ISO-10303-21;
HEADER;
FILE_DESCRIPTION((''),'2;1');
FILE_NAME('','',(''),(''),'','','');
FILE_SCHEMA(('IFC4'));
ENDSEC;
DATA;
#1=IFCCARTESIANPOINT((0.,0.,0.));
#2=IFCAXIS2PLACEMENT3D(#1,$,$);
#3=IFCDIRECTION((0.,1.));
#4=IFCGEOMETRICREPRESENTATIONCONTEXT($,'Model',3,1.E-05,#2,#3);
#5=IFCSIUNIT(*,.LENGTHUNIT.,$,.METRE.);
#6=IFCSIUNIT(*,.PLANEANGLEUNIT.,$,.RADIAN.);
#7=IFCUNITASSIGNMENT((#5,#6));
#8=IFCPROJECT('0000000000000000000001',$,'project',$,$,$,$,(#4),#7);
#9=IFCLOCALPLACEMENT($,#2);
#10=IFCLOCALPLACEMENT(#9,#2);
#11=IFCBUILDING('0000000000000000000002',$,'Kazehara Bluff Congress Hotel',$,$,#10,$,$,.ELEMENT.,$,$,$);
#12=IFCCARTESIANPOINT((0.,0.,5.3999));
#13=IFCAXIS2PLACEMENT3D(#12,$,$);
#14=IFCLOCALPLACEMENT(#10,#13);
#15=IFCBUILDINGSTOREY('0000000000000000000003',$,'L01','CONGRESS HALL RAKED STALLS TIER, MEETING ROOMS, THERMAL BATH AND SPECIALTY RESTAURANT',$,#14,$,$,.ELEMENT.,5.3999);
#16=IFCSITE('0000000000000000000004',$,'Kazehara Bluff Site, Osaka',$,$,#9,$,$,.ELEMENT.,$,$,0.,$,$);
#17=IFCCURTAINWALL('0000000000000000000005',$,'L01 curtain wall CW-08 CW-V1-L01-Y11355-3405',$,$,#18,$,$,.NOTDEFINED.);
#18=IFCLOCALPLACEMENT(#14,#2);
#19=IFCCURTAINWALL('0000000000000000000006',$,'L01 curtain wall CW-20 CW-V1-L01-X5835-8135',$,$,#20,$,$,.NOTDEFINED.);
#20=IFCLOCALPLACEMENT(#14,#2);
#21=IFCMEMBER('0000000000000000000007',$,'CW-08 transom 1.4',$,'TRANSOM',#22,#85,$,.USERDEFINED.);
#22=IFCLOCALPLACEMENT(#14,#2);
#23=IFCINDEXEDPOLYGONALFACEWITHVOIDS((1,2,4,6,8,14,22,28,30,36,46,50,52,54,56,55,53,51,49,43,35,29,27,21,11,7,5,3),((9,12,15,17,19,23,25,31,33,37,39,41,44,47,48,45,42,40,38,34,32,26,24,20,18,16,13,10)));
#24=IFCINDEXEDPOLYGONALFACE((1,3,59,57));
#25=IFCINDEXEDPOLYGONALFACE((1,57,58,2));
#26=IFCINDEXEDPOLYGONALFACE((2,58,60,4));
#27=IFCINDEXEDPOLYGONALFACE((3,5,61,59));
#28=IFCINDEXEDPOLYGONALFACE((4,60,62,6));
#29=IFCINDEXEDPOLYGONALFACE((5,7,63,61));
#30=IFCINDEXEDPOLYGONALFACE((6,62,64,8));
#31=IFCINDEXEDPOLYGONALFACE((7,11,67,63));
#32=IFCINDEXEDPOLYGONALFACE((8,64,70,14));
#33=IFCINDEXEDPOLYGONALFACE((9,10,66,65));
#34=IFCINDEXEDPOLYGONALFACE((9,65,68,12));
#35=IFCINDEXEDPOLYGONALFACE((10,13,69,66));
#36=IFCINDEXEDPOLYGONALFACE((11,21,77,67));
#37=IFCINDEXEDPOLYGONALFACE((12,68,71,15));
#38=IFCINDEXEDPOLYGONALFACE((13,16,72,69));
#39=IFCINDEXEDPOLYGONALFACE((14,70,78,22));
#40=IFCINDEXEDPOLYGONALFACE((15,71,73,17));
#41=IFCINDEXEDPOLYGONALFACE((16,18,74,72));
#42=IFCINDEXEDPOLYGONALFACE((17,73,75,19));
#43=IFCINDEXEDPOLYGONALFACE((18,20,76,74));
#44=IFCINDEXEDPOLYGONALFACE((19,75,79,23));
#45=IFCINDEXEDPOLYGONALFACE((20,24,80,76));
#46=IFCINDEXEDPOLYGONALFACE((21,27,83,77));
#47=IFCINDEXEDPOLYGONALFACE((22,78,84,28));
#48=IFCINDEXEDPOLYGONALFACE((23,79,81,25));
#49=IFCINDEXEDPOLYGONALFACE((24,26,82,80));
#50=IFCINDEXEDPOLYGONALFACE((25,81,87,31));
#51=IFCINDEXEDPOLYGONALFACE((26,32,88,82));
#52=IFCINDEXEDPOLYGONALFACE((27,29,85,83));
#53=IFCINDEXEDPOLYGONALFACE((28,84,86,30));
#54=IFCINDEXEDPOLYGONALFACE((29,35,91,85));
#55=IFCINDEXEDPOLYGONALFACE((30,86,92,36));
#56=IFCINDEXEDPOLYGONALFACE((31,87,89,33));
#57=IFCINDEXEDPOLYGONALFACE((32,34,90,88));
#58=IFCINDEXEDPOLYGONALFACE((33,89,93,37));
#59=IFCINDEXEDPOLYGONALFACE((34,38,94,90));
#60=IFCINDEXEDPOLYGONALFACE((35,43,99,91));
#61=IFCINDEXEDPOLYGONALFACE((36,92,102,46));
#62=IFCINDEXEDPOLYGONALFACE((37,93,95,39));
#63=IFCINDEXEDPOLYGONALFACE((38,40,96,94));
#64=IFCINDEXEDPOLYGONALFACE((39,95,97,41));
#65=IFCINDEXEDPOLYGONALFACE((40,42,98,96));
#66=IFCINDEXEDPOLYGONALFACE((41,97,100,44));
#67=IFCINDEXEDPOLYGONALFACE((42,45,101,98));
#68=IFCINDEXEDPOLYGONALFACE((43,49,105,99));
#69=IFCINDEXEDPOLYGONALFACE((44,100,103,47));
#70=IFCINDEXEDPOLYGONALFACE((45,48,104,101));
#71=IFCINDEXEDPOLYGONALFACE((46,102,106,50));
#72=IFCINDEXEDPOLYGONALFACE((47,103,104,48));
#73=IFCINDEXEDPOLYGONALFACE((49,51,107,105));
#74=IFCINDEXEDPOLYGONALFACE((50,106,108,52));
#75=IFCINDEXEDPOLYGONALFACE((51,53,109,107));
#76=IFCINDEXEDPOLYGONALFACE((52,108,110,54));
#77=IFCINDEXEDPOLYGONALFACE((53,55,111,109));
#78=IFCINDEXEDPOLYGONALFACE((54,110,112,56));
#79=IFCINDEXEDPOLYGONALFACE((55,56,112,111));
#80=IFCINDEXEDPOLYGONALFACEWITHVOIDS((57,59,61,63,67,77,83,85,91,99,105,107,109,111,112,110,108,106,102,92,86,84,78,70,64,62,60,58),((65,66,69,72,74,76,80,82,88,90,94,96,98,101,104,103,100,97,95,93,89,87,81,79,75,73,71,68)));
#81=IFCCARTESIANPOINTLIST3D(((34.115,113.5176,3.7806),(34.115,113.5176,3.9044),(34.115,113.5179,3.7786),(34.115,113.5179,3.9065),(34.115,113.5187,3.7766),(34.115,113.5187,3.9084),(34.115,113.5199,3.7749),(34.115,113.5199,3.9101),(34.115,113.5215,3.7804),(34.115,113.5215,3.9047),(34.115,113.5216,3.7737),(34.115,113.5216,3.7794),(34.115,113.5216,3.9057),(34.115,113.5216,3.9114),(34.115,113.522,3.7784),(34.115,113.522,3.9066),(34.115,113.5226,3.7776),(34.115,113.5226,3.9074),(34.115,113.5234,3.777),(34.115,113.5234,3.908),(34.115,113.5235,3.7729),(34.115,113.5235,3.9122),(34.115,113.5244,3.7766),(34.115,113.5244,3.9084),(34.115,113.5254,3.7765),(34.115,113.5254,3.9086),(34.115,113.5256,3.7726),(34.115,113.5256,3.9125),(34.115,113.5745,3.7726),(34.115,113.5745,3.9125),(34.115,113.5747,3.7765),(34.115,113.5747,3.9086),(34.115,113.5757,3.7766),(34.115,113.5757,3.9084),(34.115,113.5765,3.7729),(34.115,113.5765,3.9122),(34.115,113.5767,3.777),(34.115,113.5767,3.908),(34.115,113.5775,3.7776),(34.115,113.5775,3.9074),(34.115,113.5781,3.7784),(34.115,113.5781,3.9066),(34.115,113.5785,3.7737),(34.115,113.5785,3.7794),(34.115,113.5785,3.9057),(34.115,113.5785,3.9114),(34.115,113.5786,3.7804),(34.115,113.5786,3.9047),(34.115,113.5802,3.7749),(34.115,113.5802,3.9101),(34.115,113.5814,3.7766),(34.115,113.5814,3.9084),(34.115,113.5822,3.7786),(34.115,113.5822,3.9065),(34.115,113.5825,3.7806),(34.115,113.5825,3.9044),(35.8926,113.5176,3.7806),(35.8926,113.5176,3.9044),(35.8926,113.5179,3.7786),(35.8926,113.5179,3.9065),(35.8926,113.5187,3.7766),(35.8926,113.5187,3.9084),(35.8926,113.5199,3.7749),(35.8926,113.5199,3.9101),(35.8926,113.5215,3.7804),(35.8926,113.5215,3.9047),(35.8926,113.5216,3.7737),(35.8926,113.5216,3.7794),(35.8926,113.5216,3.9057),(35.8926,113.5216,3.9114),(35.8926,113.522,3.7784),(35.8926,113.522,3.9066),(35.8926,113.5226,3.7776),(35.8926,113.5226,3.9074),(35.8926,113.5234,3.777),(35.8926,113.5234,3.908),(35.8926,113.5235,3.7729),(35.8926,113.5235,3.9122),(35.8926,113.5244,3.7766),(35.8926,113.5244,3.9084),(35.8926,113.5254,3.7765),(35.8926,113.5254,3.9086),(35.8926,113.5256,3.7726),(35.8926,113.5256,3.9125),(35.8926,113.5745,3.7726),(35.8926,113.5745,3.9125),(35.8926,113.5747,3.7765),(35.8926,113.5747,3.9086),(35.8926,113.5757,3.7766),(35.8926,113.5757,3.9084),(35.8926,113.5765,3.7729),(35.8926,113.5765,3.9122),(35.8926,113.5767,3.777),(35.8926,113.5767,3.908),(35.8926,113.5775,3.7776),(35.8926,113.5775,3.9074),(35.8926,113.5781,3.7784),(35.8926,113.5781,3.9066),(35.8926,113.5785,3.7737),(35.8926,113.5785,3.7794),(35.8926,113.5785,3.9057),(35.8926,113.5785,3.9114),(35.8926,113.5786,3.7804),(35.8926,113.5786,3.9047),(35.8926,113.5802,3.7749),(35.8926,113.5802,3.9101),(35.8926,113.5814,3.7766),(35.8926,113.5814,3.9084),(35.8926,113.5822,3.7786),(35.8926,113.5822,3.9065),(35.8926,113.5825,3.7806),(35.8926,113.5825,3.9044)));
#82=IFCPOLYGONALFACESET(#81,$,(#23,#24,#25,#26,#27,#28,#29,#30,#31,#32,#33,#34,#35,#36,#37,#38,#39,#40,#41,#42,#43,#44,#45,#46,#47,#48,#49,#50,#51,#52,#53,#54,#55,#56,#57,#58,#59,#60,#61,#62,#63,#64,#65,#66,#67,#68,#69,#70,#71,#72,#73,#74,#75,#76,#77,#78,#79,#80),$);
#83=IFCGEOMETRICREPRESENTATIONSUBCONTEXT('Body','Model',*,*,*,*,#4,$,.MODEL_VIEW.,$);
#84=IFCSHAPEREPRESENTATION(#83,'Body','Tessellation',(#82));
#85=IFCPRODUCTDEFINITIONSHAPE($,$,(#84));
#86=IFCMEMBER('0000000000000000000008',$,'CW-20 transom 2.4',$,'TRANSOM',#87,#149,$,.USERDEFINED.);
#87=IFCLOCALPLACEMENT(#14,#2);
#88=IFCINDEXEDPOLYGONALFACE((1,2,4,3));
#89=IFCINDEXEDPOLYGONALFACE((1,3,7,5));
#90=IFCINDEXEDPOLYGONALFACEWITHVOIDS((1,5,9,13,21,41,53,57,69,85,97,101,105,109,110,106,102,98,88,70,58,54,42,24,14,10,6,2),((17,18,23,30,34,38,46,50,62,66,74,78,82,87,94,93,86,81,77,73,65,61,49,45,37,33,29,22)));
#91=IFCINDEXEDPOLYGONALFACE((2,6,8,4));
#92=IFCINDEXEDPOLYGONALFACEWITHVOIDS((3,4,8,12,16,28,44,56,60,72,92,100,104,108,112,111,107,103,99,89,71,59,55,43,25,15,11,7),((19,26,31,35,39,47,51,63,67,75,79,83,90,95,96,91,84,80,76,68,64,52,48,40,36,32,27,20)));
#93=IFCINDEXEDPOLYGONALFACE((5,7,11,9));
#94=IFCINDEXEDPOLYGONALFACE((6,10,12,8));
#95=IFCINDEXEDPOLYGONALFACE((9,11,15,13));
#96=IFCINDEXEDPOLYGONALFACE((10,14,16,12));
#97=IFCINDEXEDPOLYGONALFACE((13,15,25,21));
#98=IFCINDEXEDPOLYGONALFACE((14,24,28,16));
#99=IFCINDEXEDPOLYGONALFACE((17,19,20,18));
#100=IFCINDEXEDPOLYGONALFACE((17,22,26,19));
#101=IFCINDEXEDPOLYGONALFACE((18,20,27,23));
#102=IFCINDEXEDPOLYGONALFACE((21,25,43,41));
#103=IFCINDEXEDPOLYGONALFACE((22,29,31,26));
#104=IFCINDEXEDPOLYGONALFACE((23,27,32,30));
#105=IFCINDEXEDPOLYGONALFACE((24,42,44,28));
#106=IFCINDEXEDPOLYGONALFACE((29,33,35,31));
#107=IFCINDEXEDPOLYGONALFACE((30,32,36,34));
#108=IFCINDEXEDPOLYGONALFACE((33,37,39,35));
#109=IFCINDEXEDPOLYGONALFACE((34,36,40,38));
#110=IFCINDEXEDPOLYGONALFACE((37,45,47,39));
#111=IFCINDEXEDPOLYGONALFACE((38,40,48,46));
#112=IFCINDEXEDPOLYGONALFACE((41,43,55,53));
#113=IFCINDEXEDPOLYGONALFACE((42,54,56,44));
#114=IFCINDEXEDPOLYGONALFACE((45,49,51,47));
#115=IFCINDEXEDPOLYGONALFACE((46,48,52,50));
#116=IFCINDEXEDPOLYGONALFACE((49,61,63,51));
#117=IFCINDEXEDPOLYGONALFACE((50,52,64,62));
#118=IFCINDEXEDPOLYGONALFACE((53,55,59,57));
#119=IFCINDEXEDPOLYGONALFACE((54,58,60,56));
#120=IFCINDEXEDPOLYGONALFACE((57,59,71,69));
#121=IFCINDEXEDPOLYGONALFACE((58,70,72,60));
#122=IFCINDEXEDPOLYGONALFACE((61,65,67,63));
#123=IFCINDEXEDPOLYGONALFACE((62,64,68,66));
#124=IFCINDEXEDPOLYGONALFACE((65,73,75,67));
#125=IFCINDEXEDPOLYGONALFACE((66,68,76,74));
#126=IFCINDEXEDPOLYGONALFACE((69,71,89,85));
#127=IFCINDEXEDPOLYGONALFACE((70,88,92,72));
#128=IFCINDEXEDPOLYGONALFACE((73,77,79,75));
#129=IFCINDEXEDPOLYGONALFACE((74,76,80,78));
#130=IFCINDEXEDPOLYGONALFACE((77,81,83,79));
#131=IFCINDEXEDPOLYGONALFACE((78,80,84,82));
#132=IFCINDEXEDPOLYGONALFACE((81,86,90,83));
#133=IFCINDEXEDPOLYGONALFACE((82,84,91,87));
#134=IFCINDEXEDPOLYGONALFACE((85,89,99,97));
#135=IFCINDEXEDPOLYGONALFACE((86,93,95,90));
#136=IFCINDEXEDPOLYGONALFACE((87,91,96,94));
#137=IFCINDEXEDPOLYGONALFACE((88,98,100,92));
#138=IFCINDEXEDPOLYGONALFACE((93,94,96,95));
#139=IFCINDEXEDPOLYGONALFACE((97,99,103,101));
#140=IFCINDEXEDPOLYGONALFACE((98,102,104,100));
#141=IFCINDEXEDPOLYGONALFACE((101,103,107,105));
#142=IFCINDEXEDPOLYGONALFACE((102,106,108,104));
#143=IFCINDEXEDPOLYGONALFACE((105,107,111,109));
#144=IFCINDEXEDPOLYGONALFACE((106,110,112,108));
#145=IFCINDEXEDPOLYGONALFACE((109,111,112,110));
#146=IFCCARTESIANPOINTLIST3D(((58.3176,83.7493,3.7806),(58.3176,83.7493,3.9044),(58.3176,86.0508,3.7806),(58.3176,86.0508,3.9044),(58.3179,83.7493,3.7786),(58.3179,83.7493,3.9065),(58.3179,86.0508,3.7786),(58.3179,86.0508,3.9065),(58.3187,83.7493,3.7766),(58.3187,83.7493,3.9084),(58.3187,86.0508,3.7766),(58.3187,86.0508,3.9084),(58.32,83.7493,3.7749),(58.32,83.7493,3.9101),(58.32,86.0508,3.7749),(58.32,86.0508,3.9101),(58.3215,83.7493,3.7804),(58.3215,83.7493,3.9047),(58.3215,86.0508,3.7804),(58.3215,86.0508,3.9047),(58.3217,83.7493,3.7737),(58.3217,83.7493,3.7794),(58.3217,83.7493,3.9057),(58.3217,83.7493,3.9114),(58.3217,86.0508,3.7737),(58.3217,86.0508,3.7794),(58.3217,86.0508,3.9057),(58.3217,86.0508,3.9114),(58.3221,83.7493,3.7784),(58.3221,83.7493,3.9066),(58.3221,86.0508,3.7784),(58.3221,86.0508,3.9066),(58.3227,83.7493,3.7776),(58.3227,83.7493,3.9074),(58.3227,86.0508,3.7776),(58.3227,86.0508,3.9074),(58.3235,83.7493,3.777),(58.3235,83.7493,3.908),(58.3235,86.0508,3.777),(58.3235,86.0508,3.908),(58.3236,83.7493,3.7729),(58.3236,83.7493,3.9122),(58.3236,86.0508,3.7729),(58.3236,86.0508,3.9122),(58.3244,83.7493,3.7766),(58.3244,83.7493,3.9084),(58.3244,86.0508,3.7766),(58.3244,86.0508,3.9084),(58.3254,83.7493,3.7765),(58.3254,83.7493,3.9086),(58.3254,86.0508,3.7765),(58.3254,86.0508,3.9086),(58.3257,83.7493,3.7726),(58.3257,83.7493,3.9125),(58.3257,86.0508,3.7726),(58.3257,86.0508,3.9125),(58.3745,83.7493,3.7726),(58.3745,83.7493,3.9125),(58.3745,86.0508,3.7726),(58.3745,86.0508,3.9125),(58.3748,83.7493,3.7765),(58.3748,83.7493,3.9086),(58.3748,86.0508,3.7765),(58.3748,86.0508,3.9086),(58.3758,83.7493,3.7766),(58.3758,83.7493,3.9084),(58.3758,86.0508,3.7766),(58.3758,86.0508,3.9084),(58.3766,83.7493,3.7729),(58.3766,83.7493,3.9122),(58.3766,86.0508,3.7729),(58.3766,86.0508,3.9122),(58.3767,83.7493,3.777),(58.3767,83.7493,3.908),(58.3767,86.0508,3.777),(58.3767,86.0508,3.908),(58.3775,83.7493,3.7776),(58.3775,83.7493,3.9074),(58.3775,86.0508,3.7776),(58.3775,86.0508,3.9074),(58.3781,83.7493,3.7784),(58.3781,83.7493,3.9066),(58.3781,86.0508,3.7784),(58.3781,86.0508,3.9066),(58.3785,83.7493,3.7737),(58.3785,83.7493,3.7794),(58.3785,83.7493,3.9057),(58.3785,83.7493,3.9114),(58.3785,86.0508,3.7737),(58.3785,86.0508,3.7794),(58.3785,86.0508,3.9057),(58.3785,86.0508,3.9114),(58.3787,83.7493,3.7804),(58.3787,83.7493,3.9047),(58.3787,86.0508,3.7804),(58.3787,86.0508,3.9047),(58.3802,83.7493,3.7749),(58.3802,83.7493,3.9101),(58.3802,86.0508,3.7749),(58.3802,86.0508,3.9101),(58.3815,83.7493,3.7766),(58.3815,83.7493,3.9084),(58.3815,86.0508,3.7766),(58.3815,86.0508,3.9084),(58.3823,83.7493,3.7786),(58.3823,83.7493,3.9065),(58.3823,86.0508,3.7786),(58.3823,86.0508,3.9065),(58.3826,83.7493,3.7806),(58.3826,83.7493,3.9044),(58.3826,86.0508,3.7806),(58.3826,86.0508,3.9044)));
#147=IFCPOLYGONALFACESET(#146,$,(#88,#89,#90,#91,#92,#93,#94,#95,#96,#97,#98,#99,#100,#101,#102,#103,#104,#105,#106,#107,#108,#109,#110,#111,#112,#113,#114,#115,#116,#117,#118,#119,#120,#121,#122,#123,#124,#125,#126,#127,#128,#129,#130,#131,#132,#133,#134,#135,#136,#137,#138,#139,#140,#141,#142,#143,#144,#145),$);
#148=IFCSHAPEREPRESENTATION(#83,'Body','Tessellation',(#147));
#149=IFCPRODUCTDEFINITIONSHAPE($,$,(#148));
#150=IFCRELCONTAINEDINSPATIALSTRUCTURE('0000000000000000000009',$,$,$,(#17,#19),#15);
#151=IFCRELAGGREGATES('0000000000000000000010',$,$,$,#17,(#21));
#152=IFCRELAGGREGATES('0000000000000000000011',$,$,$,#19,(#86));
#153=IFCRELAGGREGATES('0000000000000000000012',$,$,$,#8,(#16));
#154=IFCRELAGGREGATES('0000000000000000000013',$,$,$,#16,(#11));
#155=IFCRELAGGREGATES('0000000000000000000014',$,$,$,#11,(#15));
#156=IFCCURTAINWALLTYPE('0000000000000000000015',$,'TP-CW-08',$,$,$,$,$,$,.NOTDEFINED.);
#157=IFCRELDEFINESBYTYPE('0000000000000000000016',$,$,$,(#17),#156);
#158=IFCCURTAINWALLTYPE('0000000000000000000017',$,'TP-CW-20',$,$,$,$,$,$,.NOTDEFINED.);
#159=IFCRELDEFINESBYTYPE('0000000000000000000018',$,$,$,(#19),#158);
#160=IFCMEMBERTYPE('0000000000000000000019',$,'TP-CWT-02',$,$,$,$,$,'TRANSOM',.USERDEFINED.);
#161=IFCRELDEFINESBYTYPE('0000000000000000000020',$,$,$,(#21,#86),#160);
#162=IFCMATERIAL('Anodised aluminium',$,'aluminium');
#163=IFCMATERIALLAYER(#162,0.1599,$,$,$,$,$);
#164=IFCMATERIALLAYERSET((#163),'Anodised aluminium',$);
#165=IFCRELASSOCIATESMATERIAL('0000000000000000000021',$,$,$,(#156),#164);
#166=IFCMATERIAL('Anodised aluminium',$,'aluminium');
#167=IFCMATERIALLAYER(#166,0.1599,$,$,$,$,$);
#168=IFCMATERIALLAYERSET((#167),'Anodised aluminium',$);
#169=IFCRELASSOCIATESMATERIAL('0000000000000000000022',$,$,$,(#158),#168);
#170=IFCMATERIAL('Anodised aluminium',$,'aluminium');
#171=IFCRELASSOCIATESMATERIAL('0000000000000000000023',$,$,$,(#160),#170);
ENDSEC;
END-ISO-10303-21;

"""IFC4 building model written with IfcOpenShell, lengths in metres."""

from ifc_helpers import new_model, si_unit, direction, frame, origin, origin_2d, place, context, subcontext, project, spatial, hollow_rectangle, extrude, material, layer, layer_set, material_profile, profile_set, type_object, element, aggregate, save


model = new_model("IFC4")

# Units and contexts
model_context = context("Model", 3, precision=1e-05, world=origin(), true_north=direction((0.0, 1.0)))
body_context = subcontext(model_context, "Body", "Model", "MODEL_VIEW")
ifc_project = project(units=[si_unit("LENGTHUNIT", "METRE"), si_unit("PLANEANGLEUNIT", "RADIAN")], contexts=[model_context])

# Site, building, storey
site_placement = place(None, origin())
site = spatial("IfcSite", under=ifc_project, at=site_placement, Name="Kazehara Bluff Site, Osaka", CompositionType="ELEMENT", RefElevation=0.0)
building_placement = place(site_placement, origin())
building = spatial("IfcBuilding", under=site, at=building_placement, Name="Kazehara Bluff Congress Hotel", CompositionType="ELEMENT")
storey_placement = place(building_placement, frame((0.0, 0.0, 5.3999)))
storey = spatial("IfcBuildingStorey", under=building, at=storey_placement, Name="L01", Description="CONGRESS HALL RAKED STALLS TIER, MEETING ROOMS, THERMAL BATH AND SPECIALTY RESTAURANT", CompositionType="ELEMENT", Elevation=5.3999)

# Curtain walls
ifc_material_1 = material(Name="Anodised aluminium", Category="aluminium")
ifc_layer_1 = layer(ifc_material_1, 0.1599)
ifc_layer_set_1 = layer_set([ifc_layer_1], Name="Anodised aluminium")
curtain_wall_type_1 = type_object("IfcCurtainWallType", Name="TP-CW-08", PredefinedType="NOTDEFINED", material=ifc_layer_set_1)
curtain_wall_1_placement = place(storey_placement, origin())
curtain_wall_1 = element("IfcCurtainWall", 1, at=curtain_wall_1_placement, inside=storey, type_object=curtain_wall_type_1, Name="L01 curtain wall CW-08 CW-V1-L01-Y11355-3405", PredefinedType="NOTDEFINED")
ifc_material_2 = material(Name="Anodised aluminium", Category="aluminium")
ifc_layer_2 = layer(ifc_material_2, 0.1599)
ifc_layer_set_2 = layer_set([ifc_layer_2], Name="Anodised aluminium")
curtain_wall_type_2 = type_object("IfcCurtainWallType", Name="TP-CW-20", PredefinedType="NOTDEFINED", material=ifc_layer_set_2)
curtain_wall_2_placement = place(storey_placement, origin())
curtain_wall_2 = element("IfcCurtainWall", 2, at=curtain_wall_2_placement, inside=storey, type_object=curtain_wall_type_2, Name="L01 curtain wall CW-20 CW-V1-L01-X5835-8135", PredefinedType="NOTDEFINED")

# Members
ifc_material_3 = material(Name="Anodised aluminium", Category="aluminium")
ifc_material_profile_1 = material_profile(ifc_material_3, hollow_rectangle(XDim=0.0649, YDim=0.1399, WallThickness=0.0039, InnerFilletRadius=0.0039, OuterFilletRadius=0.0081, at=origin_2d()))
ifc_profile_set_1 = profile_set([ifc_material_profile_1], Name="Anodised aluminium")
member_type_1 = type_object("IfcMemberType", Name="TP-CWT-02", ElementType="TRANSOM", PredefinedType="USERDEFINED", material=ifc_profile_set_1)
member_1_placement = place(storey_placement, frame((34.115, 113.55, 3.8425), z_axis=(1.0, 0.0, 0.0), x_axis=(0.0, 1.0, 0.0)))
member_1 = element("IfcMember", 3, at=member_1_placement, type_object=member_type_1, Name="CW-08 transom 1.4", ObjectType="TRANSOM", PredefinedType="USERDEFINED", context=body_context, shape_type="SweptSolid", body=[
    extrude(hollow_rectangle(XDim=0.0649, YDim=0.1399, WallThickness=0.0039, InnerFilletRadius=0.0039, OuterFilletRadius=0.0081, at=origin_2d()), origin(), (0.0, 0.0, 1.0), 1.7776),
])
member_2_placement = place(storey_placement, frame((58.3501, 83.7493, 3.8425), z_axis=(0.0, 1.0, 0.0), x_axis=(-1.0, 0.0, 0.0)))
member_2 = element("IfcMember", 4, at=member_2_placement, type_object=member_type_1, Name="CW-20 transom 2.4", ObjectType="TRANSOM", PredefinedType="USERDEFINED", context=body_context, shape_type="SweptSolid", body=[
    extrude(hollow_rectangle(XDim=0.0649, YDim=0.1399, WallThickness=0.0039, InnerFilletRadius=0.0039, OuterFilletRadius=0.0081, at=origin_2d()), origin(), (0.0, 0.0, 1.0), 2.3015),
])

aggregate(curtain_wall_1, [member_1])
aggregate(curtain_wall_2, [member_2])

save(model, "model.ifc")
